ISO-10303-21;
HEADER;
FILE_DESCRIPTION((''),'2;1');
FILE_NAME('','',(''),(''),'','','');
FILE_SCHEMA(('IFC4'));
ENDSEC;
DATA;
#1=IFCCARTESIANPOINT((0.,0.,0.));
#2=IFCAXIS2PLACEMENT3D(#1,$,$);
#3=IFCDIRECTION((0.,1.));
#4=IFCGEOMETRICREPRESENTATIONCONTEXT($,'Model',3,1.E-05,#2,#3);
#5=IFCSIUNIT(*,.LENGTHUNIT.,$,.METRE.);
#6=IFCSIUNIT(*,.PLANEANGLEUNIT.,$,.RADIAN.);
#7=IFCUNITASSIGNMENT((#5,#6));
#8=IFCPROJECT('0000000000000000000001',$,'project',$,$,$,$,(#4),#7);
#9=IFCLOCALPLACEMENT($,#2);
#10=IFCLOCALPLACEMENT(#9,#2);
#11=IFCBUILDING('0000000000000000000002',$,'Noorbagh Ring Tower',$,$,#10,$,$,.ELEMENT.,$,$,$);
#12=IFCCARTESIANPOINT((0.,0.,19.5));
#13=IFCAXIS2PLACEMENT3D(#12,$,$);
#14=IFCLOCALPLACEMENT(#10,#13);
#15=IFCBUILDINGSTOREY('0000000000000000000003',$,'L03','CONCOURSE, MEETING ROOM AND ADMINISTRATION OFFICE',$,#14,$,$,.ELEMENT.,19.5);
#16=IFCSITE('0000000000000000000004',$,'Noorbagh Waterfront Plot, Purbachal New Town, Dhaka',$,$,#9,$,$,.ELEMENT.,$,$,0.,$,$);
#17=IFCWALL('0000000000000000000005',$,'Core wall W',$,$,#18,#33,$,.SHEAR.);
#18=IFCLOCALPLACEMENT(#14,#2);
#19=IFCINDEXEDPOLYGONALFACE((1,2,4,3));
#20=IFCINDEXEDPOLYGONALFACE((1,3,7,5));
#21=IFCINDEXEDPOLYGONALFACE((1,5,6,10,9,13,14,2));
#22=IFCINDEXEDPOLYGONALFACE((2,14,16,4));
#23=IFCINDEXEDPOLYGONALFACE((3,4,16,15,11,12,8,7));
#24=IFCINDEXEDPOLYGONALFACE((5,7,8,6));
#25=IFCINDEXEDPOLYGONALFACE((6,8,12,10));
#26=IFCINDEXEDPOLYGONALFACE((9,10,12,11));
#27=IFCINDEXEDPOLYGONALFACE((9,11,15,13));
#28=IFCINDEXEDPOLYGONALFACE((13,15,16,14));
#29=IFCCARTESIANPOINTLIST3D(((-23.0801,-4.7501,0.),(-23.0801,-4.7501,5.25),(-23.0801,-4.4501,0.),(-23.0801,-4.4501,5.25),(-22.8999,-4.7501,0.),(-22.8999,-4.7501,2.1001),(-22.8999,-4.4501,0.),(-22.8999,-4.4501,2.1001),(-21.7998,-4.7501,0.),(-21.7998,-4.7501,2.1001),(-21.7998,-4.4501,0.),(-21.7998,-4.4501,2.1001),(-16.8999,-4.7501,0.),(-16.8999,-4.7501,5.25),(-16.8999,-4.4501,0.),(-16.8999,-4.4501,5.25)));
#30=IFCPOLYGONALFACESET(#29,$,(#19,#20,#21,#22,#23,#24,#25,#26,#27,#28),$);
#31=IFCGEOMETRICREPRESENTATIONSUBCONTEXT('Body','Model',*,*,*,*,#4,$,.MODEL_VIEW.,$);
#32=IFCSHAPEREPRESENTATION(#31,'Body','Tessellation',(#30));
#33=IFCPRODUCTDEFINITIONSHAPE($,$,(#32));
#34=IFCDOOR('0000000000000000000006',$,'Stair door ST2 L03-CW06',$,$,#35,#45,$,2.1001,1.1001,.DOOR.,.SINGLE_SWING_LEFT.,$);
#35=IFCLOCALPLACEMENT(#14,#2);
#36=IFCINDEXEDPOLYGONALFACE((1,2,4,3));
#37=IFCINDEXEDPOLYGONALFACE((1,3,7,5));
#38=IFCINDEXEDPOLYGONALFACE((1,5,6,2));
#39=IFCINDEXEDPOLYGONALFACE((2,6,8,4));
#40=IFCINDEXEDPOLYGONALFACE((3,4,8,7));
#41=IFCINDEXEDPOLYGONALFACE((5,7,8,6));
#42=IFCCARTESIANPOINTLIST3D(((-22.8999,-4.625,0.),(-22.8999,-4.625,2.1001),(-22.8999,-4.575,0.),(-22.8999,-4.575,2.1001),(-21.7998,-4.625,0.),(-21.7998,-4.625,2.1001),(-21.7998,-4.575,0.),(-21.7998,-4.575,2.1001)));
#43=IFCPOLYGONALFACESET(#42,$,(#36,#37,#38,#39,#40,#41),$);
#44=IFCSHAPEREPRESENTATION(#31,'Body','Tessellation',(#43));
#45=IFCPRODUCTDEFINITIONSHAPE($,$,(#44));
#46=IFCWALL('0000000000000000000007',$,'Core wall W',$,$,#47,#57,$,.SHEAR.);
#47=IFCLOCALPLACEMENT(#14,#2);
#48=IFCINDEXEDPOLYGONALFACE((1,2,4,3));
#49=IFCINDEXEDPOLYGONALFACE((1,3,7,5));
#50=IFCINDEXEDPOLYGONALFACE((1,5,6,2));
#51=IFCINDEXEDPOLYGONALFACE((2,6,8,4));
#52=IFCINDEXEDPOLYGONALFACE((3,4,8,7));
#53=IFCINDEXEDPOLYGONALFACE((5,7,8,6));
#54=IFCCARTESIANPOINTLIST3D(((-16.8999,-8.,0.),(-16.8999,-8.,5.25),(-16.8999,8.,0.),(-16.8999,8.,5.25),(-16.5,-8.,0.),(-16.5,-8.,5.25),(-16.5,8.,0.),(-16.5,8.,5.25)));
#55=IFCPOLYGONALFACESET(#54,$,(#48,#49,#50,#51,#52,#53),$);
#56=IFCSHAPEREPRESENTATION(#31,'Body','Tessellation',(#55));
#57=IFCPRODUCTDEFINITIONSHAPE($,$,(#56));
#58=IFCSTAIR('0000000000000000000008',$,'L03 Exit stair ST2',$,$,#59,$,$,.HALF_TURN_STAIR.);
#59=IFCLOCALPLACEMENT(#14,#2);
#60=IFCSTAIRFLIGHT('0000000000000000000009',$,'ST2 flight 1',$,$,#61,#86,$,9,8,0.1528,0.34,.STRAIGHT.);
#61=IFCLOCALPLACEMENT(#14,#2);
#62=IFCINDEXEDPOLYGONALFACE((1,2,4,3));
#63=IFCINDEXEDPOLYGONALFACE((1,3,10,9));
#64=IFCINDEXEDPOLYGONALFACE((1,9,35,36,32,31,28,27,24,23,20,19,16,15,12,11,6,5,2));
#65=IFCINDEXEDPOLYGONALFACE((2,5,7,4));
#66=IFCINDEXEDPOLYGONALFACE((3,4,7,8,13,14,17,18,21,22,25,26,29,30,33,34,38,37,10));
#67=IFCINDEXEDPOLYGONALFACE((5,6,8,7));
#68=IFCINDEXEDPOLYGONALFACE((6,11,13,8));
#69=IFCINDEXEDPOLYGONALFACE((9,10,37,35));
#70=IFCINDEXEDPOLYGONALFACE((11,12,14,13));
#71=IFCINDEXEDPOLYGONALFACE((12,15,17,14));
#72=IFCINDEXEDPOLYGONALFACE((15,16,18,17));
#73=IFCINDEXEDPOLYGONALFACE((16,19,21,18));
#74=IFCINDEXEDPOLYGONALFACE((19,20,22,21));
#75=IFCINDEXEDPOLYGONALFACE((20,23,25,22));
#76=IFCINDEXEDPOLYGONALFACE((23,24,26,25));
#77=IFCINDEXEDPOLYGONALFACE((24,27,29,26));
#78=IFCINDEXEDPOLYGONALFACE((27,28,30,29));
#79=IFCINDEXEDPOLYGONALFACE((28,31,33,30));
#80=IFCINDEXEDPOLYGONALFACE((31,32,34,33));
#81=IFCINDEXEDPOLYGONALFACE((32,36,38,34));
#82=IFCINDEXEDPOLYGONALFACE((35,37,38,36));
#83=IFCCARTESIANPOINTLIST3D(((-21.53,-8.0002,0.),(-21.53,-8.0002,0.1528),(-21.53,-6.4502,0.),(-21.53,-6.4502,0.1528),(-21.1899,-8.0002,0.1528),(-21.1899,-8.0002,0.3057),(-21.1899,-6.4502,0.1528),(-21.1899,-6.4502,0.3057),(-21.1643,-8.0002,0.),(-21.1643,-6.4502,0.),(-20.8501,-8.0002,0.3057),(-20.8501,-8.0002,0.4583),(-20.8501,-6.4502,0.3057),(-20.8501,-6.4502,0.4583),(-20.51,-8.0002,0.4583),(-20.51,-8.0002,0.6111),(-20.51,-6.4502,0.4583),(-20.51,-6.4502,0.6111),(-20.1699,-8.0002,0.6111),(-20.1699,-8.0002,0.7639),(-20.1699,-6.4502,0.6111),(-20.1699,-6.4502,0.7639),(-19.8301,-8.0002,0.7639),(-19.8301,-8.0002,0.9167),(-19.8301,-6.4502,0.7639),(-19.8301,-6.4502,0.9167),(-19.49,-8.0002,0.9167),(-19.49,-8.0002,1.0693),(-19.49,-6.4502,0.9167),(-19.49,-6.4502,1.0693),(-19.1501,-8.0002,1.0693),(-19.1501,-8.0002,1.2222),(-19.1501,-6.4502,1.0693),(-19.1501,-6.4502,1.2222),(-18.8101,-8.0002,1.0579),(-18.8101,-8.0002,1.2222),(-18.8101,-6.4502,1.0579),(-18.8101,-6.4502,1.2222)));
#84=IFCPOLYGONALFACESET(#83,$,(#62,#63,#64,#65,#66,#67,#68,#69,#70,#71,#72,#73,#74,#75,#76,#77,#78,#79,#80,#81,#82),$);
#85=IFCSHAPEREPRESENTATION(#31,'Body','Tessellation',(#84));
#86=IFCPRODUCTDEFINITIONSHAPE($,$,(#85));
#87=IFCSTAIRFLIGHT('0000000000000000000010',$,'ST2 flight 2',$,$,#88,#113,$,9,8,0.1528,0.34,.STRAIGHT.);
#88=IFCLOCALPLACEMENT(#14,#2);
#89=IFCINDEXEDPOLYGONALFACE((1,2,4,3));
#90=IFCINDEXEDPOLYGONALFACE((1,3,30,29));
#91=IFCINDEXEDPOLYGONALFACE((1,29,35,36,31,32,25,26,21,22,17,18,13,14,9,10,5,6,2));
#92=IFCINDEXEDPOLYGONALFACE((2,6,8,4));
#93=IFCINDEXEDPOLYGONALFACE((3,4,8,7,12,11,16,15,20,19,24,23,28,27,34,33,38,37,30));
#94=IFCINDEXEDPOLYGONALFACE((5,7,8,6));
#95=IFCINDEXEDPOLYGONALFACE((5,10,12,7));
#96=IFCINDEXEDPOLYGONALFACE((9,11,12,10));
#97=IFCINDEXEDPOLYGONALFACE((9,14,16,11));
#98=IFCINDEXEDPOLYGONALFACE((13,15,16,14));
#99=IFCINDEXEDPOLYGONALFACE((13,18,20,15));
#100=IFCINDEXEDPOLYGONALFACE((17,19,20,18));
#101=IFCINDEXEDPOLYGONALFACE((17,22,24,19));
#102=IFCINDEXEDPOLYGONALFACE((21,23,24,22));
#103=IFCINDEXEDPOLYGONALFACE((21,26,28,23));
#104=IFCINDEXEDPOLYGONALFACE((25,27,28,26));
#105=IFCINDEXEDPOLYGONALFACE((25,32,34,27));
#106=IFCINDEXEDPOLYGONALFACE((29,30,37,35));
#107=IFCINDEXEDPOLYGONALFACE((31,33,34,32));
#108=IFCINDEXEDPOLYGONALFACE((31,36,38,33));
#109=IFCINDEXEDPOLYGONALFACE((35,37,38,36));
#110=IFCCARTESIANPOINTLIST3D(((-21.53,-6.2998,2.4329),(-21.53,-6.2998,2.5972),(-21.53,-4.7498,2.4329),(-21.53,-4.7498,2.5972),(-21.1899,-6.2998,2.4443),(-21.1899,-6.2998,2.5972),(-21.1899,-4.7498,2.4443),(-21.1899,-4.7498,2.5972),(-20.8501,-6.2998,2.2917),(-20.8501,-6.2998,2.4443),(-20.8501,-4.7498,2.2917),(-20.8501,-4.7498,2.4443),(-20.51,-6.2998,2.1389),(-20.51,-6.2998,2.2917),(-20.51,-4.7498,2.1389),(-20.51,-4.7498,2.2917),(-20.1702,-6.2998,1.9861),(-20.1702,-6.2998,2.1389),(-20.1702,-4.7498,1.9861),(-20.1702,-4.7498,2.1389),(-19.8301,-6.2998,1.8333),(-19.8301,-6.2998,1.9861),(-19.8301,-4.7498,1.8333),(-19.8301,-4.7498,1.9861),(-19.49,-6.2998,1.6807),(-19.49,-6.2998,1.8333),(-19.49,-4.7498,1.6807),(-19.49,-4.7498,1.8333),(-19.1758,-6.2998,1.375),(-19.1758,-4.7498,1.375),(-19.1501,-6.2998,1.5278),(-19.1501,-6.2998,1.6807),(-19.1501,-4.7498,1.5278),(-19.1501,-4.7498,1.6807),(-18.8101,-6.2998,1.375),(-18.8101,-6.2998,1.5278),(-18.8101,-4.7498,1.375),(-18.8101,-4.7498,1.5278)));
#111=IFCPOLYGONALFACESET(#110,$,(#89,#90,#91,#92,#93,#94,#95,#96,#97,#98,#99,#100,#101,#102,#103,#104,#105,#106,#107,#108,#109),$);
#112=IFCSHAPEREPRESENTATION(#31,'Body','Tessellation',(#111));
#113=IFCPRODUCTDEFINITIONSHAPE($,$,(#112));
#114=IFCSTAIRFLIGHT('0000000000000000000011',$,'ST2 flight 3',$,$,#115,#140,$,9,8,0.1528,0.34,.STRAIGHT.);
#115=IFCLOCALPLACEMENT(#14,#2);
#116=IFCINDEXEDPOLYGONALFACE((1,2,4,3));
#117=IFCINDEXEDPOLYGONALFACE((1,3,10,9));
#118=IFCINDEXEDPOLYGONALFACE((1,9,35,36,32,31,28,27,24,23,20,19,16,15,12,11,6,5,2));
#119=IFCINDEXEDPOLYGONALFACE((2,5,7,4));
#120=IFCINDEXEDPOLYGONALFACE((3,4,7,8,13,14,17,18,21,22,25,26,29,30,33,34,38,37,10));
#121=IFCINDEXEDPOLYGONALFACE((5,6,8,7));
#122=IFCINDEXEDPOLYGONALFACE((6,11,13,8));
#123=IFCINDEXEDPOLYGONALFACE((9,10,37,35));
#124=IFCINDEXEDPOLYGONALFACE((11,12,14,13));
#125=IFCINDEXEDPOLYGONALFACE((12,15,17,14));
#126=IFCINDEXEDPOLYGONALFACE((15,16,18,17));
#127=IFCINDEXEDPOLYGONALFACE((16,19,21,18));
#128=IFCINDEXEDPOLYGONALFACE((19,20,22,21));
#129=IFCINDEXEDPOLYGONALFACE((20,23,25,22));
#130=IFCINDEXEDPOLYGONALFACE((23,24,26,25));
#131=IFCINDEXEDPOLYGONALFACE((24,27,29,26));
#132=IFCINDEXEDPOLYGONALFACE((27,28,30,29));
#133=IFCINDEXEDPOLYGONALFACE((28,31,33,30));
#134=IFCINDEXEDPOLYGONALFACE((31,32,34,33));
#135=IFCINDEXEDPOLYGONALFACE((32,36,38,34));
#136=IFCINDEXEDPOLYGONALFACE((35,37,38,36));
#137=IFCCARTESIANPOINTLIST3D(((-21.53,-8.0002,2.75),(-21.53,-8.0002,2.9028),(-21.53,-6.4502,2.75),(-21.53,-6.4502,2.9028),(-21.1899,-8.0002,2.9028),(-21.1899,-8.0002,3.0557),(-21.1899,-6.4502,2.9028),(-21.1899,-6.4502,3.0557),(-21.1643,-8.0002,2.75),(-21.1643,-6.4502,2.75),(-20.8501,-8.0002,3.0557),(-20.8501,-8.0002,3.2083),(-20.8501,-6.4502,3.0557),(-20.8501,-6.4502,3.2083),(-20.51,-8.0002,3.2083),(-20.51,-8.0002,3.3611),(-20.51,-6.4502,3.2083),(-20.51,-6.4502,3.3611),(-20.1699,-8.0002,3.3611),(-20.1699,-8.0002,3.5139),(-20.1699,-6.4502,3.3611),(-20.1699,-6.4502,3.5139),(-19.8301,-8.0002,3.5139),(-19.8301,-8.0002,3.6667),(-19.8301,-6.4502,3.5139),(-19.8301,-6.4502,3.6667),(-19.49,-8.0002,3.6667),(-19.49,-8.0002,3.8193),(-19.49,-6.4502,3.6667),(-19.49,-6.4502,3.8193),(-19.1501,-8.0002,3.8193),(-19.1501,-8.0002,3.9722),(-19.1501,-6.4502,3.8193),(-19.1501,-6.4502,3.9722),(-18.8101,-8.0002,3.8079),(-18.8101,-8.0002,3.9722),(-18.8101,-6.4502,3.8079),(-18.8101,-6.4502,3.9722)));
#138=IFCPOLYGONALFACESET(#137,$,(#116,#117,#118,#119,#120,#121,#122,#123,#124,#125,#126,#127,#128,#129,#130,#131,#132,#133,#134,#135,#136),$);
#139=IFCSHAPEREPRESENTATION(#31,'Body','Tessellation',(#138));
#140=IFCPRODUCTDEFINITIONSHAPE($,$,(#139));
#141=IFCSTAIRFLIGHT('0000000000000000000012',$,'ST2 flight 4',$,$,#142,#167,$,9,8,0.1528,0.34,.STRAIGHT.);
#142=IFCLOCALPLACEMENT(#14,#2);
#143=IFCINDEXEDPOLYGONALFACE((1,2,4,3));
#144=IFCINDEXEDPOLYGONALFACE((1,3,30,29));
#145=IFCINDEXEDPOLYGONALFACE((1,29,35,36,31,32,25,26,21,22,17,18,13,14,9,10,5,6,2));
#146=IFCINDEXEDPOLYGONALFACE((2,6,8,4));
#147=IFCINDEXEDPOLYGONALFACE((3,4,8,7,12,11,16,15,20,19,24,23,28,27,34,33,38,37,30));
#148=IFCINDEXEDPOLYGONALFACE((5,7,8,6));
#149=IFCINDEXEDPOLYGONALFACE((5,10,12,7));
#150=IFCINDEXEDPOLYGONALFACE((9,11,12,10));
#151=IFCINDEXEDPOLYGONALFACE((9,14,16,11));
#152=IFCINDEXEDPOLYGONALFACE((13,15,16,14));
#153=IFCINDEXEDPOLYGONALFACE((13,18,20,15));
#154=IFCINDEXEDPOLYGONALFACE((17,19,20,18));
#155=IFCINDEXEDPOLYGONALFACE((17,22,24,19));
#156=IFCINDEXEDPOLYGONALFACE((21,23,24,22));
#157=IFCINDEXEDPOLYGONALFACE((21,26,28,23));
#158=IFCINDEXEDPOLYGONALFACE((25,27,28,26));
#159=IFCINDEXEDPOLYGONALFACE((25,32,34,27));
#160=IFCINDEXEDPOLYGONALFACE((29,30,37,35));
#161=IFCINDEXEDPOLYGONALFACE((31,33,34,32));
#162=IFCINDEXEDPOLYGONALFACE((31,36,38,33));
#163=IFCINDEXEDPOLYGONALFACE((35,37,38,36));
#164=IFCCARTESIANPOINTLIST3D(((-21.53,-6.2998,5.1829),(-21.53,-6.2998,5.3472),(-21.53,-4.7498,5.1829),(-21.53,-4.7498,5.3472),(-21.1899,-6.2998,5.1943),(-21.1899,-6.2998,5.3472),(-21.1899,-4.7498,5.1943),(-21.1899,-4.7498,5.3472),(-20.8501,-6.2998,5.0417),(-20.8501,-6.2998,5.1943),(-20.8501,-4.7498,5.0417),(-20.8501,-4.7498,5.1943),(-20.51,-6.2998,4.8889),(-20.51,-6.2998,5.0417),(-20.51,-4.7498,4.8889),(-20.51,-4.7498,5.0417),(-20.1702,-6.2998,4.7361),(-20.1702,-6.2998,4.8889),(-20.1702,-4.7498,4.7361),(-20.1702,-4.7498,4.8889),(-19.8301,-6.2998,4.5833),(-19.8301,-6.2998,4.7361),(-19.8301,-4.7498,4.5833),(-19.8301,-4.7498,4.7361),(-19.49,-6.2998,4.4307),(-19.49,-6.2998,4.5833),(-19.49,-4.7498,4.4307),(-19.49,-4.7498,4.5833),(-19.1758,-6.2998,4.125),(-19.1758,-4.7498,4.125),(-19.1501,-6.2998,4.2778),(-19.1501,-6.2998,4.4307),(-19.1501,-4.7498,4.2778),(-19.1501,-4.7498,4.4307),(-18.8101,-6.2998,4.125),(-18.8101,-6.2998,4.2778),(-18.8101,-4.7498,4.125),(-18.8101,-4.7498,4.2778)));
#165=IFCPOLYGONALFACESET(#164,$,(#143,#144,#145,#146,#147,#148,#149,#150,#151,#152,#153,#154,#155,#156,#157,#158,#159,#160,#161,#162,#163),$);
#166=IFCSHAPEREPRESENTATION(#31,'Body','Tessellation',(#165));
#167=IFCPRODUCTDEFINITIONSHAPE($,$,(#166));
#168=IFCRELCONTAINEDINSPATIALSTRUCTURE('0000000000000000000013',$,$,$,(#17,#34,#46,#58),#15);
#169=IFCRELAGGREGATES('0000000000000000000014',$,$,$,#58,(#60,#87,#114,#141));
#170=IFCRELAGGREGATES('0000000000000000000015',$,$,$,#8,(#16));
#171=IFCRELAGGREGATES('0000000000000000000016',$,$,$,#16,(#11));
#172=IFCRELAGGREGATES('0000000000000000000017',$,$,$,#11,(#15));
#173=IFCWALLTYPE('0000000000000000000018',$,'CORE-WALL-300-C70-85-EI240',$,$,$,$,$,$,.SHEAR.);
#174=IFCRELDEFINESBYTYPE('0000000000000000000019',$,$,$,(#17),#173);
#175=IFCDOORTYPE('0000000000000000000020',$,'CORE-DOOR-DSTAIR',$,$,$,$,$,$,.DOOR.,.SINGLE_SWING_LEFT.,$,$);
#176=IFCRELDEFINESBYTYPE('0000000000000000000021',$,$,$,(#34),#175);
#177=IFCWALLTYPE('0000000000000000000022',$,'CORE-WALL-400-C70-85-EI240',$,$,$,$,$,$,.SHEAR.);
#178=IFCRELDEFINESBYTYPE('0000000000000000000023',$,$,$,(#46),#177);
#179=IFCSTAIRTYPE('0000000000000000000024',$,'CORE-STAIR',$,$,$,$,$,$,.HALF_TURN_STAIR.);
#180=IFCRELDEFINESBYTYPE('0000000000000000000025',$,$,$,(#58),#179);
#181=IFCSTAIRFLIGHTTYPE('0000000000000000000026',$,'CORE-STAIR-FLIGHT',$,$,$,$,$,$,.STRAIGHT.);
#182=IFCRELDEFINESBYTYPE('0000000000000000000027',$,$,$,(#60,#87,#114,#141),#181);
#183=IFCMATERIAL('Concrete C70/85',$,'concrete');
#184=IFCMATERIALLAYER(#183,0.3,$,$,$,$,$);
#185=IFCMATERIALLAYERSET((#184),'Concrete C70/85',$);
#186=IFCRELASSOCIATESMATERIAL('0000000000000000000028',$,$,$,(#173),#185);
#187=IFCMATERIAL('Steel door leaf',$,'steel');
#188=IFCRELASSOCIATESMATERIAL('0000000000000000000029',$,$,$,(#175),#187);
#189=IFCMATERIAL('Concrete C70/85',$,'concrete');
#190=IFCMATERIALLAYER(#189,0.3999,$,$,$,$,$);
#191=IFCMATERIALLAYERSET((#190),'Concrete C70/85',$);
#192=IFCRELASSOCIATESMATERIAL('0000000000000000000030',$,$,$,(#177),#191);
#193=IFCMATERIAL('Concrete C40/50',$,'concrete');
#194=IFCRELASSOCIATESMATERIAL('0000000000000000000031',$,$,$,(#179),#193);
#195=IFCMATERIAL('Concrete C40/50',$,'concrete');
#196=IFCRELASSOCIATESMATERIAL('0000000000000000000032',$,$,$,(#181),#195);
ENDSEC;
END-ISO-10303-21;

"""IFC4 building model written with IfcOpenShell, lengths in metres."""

from ifc_helpers import new_model, si_unit, direction, frame, frame_2d, origin, place, context, subcontext, project, spatial, polyline, rectangle, outline, extrude, material, layer, layer_set, type_object, element, fill, aggregate, save


model = new_model("IFC4")

# Units and contexts
model_context = context("Model", 3, precision=1e-05, world=origin(), true_north=direction((0.0, 1.0)))
body_context = subcontext(model_context, "Body", "Model", "MODEL_VIEW")
ifc_project = project(units=[si_unit("LENGTHUNIT", "METRE"), si_unit("PLANEANGLEUNIT", "RADIAN")], contexts=[model_context])

# Site, building, storey
site_placement = place(None, origin())
site = spatial("IfcSite", under=ifc_project, at=site_placement, Name="Noorbagh Waterfront Plot, Purbachal New Town, Dhaka", CompositionType="ELEMENT", RefElevation=0.0)
building_placement = place(site_placement, origin())
building = spatial("IfcBuilding", under=site, at=building_placement, Name="Noorbagh Ring Tower", CompositionType="ELEMENT")
storey_placement = place(building_placement, frame((0.0, 0.0, 19.5)))
storey = spatial("IfcBuildingStorey", under=building, at=storey_placement, Name="L03", Description="CONCOURSE, MEETING ROOM AND ADMINISTRATION OFFICE", CompositionType="ELEMENT", Elevation=19.5)

# Wall, opening, door
ifc_material_1 = material(Name="Concrete C70/85", Category="concrete")
ifc_layer_1 = layer(ifc_material_1, 0.3)
ifc_layer_set_1 = layer_set([ifc_layer_1], Name="Concrete C70/85")
wall_type_1 = type_object("IfcWallType", Name="CORE-WALL-300-C70-85-EI240", PredefinedType="SHEAR", material=ifc_layer_set_1)
wall_1_placement = place(storey_placement, frame((-16.8999, -4.6001, 0.0), z_axis=(0.0, 0.0, 1.0), x_axis=(-1.0, 0.0, 0.0)))
wall_1 = element("IfcWall", 1, at=wall_1_placement, inside=storey, type_object=wall_type_1, Name="Core wall W", PredefinedType="SHEAR", context=body_context, shape_type="SweptSolid", body=[
    extrude(rectangle(XDim=6.1802, YDim=0.3, at=frame_2d((3.0901, 0.0))), origin(), (0.0, 0.0, 1.0), 5.25),
])
opening_1_placement = place(wall_1_placement, frame((4.8999, 0.0, 0.0)))
opening_1 = element("IfcOpeningElement", 2, at=opening_1_placement, cuts=wall_1, PredefinedType="OPENING", context=body_context, shape_type="SweptSolid", body=[
    extrude(rectangle(XDim=1.1001, YDim=2.1001, at=frame_2d((0.55, 1.05))), frame((0.0, 0.1602, 0.0), z_axis=(0.0, -1.0, 0.0), x_axis=(1.0, 0.0, 0.0)), (0.0, 0.0, 1.0), 0.3201),
])
ifc_material_2 = material(Name="Steel door leaf", Category="steel")
door_type_1 = type_object("IfcDoorType", Name="CORE-DOOR-DSTAIR", OperationType="SINGLE_SWING_LEFT", PredefinedType="DOOR", material=ifc_material_2)
door_1_placement = place(opening_1_placement, origin())
door_1 = element("IfcDoor", 3, at=door_1_placement, inside=storey, type_object=door_type_1, Name="Stair door ST2 L03-CW06", OperationType="SINGLE_SWING_LEFT", OverallHeight=2.1001, OverallWidth=1.1001, PredefinedType="DOOR", context=body_context, shape_type="SweptSolid", body=[
    extrude(rectangle(XDim=1.1001, YDim=2.1001, at=frame_2d((0.55, 1.05))), frame((0.0, 0.0249, 0.0), z_axis=(0.0, -1.0, 0.0), x_axis=(1.0, 0.0, 0.0)), (0.0, 0.0, 1.0), 0.05),
])
fill(opening_1, door_1)

# Wall
ifc_material_3 = material(Name="Concrete C70/85", Category="concrete")
ifc_layer_2 = layer(ifc_material_3, 0.3999)
ifc_layer_set_2 = layer_set([ifc_layer_2], Name="Concrete C70/85")
wall_type_2 = type_object("IfcWallType", Name="CORE-WALL-400-C70-85-EI240", PredefinedType="SHEAR", material=ifc_layer_set_2)
wall_2_placement = place(storey_placement, frame((-16.7, -8.0, 0.0), z_axis=(0.0, 0.0, 1.0), x_axis=(0.0, 1.0, 0.0)))
element("IfcWall", 4, at=wall_2_placement, inside=storey, type_object=wall_type_2, Name="Core wall W", PredefinedType="SHEAR", context=body_context, shape_type="SweptSolid", body=[
    extrude(rectangle(XDim=16.0, YDim=0.3999, at=frame_2d((8.0, 0.0))), origin(), (0.0, 0.0, 1.0), 5.25),
])

# Stair, stair flights
ifc_material_4 = material(Name="Concrete C40/50", Category="concrete")
stair_type = type_object("IfcStairType", Name="CORE-STAIR", PredefinedType="HALF_TURN_STAIR", material=ifc_material_4)
stair_placement = place(storey_placement, origin())
stair = element("IfcStair", 5, at=stair_placement, inside=storey, type_object=stair_type, Name="L03 Exit stair ST2", PredefinedType="HALF_TURN_STAIR")
ifc_material_5 = material(Name="Concrete C40/50", Category="concrete")
stair_flight_type = type_object("IfcStairFlightType", Name="CORE-STAIR-FLIGHT", PredefinedType="STRAIGHT", material=ifc_material_5)
stair_flight_1_placement = place(storey_placement, frame((-21.53, -7.2251, 0.0), z_axis=(0.0, 0.0, 1.0), x_axis=(1.0, 0.0, 0.0)))
stair_flight_1 = element("IfcStairFlight", 6, at=stair_flight_1_placement, type_object=stair_flight_type, Name="ST2 flight 1", NumberOfRisers=9, NumberOfTreads=8, PredefinedType="STRAIGHT", RiserHeight=0.1528, TreadLength=0.34, context=body_context, shape_type="SweptSolid", body=[
    extrude(outline(polyline([(0.0, 0.0), (0.0, 0.1528), (0.3401, 0.1528), (0.3401, 0.3057), (0.6799, 0.3057), (0.6799, 0.4583), (1.02, 0.4583), (1.02, 0.6111), (1.3601, 0.6111), (1.3601, 0.7639), (1.7, 0.7639), (1.7, 0.9167), (2.04, 0.9167), (2.04, 1.0693), (2.3799, 1.0693), (2.3799, 1.2222), (2.72, 1.2222), (2.72, 1.375), (2.72, 1.0579), (0.3657, 0.0), (0.0, 0.0)])), frame((0.0, 0.7749, 0.0), z_axis=(0.0, -1.0, 0.0), x_axis=(1.0, 0.0, 0.0)), (0.0, 0.0, 1.0), 1.55),
])
stair_flight_2_placement = place(storey_placement, frame((-18.8101, -5.5249, 1.375), z_axis=(0.0, 0.0, 1.0), x_axis=(-1.0, 0.0, 0.0)))
stair_flight_2 = element("IfcStairFlight", 7, at=stair_flight_2_placement, type_object=stair_flight_type, Name="ST2 flight 2", NumberOfRisers=9, NumberOfTreads=8, PredefinedType="STRAIGHT", RiserHeight=0.1528, TreadLength=0.34, context=body_context, shape_type="SweptSolid", body=[
    extrude(outline(polyline([(0.0, 0.0), (0.0, 0.1528), (0.3401, 0.1528), (0.3401, 0.3057), (0.6799, 0.3057), (0.6799, 0.4583), (1.02, 0.4583), (1.02, 0.6111), (1.3601, 0.6111), (1.3601, 0.7639), (1.7, 0.7639), (1.7, 0.9167), (2.04, 0.9167), (2.04, 1.0693), (2.3799, 1.0693), (2.3799, 1.2222), (2.72, 1.2222), (2.72, 1.375), (2.72, 1.0579), (0.3657, 0.0), (0.0, 0.0)])), frame((0.0, 0.7749, 0.0), z_axis=(0.0, -1.0, 0.0), x_axis=(1.0, 0.0, 0.0)), (0.0, 0.0, 1.0), 1.55),
])
stair_flight_3_placement = place(storey_placement, frame((-21.53, -7.2251, 2.75), z_axis=(0.0, 0.0, 1.0), x_axis=(1.0, 0.0, 0.0)))
stair_flight_3 = element("IfcStairFlight", 8, at=stair_flight_3_placement, type_object=stair_flight_type, Name="ST2 flight 3", NumberOfRisers=9, NumberOfTreads=8, PredefinedType="STRAIGHT", RiserHeight=0.1528, TreadLength=0.34, context=body_context, shape_type="SweptSolid", body=[
    extrude(outline(polyline([(0.0, 0.0), (0.0, 0.1528), (0.3401, 0.1528), (0.3401, 0.3057), (0.6799, 0.3057), (0.6799, 0.4583), (1.02, 0.4583), (1.02, 0.6111), (1.3601, 0.6111), (1.3601, 0.7639), (1.7, 0.7639), (1.7, 0.9167), (2.04, 0.9167), (2.04, 1.0693), (2.3799, 1.0693), (2.3799, 1.2222), (2.72, 1.2222), (2.72, 1.375), (2.72, 1.0579), (0.3657, 0.0), (0.0, 0.0)])), frame((0.0, 0.7749, 0.0), z_axis=(0.0, -1.0, 0.0), x_axis=(1.0, 0.0, 0.0)), (0.0, 0.0, 1.0), 1.55),
])
stair_flight_4_placement = place(storey_placement, frame((-18.8101, -5.5249, 4.125), z_axis=(0.0, 0.0, 1.0), x_axis=(-1.0, 0.0, 0.0)))
stair_flight_4 = element("IfcStairFlight", 9, at=stair_flight_4_placement, type_object=stair_flight_type, Name="ST2 flight 4", NumberOfRisers=9, NumberOfTreads=8, PredefinedType="STRAIGHT", RiserHeight=0.1528, TreadLength=0.34, context=body_context, shape_type="SweptSolid", body=[
    extrude(outline(polyline([(0.0, 0.0), (0.0, 0.1528), (0.3401, 0.1528), (0.3401, 0.3057), (0.6799, 0.3057), (0.6799, 0.4583), (1.02, 0.4583), (1.02, 0.6111), (1.3601, 0.6111), (1.3601, 0.7639), (1.7, 0.7639), (1.7, 0.9167), (2.04, 0.9167), (2.04, 1.0693), (2.3799, 1.0693), (2.3799, 1.2222), (2.72, 1.2222), (2.72, 1.375), (2.72, 1.0579), (0.3657, 0.0), (0.0, 0.0)])), frame((0.0, 0.7749, 0.0), z_axis=(0.0, -1.0, 0.0), x_axis=(1.0, 0.0, 0.0)), (0.0, 0.0, 1.0), 1.55),
])
aggregate(stair, [stair_flight_1, stair_flight_2, stair_flight_3, stair_flight_4])

save(model, "model.ifc")
